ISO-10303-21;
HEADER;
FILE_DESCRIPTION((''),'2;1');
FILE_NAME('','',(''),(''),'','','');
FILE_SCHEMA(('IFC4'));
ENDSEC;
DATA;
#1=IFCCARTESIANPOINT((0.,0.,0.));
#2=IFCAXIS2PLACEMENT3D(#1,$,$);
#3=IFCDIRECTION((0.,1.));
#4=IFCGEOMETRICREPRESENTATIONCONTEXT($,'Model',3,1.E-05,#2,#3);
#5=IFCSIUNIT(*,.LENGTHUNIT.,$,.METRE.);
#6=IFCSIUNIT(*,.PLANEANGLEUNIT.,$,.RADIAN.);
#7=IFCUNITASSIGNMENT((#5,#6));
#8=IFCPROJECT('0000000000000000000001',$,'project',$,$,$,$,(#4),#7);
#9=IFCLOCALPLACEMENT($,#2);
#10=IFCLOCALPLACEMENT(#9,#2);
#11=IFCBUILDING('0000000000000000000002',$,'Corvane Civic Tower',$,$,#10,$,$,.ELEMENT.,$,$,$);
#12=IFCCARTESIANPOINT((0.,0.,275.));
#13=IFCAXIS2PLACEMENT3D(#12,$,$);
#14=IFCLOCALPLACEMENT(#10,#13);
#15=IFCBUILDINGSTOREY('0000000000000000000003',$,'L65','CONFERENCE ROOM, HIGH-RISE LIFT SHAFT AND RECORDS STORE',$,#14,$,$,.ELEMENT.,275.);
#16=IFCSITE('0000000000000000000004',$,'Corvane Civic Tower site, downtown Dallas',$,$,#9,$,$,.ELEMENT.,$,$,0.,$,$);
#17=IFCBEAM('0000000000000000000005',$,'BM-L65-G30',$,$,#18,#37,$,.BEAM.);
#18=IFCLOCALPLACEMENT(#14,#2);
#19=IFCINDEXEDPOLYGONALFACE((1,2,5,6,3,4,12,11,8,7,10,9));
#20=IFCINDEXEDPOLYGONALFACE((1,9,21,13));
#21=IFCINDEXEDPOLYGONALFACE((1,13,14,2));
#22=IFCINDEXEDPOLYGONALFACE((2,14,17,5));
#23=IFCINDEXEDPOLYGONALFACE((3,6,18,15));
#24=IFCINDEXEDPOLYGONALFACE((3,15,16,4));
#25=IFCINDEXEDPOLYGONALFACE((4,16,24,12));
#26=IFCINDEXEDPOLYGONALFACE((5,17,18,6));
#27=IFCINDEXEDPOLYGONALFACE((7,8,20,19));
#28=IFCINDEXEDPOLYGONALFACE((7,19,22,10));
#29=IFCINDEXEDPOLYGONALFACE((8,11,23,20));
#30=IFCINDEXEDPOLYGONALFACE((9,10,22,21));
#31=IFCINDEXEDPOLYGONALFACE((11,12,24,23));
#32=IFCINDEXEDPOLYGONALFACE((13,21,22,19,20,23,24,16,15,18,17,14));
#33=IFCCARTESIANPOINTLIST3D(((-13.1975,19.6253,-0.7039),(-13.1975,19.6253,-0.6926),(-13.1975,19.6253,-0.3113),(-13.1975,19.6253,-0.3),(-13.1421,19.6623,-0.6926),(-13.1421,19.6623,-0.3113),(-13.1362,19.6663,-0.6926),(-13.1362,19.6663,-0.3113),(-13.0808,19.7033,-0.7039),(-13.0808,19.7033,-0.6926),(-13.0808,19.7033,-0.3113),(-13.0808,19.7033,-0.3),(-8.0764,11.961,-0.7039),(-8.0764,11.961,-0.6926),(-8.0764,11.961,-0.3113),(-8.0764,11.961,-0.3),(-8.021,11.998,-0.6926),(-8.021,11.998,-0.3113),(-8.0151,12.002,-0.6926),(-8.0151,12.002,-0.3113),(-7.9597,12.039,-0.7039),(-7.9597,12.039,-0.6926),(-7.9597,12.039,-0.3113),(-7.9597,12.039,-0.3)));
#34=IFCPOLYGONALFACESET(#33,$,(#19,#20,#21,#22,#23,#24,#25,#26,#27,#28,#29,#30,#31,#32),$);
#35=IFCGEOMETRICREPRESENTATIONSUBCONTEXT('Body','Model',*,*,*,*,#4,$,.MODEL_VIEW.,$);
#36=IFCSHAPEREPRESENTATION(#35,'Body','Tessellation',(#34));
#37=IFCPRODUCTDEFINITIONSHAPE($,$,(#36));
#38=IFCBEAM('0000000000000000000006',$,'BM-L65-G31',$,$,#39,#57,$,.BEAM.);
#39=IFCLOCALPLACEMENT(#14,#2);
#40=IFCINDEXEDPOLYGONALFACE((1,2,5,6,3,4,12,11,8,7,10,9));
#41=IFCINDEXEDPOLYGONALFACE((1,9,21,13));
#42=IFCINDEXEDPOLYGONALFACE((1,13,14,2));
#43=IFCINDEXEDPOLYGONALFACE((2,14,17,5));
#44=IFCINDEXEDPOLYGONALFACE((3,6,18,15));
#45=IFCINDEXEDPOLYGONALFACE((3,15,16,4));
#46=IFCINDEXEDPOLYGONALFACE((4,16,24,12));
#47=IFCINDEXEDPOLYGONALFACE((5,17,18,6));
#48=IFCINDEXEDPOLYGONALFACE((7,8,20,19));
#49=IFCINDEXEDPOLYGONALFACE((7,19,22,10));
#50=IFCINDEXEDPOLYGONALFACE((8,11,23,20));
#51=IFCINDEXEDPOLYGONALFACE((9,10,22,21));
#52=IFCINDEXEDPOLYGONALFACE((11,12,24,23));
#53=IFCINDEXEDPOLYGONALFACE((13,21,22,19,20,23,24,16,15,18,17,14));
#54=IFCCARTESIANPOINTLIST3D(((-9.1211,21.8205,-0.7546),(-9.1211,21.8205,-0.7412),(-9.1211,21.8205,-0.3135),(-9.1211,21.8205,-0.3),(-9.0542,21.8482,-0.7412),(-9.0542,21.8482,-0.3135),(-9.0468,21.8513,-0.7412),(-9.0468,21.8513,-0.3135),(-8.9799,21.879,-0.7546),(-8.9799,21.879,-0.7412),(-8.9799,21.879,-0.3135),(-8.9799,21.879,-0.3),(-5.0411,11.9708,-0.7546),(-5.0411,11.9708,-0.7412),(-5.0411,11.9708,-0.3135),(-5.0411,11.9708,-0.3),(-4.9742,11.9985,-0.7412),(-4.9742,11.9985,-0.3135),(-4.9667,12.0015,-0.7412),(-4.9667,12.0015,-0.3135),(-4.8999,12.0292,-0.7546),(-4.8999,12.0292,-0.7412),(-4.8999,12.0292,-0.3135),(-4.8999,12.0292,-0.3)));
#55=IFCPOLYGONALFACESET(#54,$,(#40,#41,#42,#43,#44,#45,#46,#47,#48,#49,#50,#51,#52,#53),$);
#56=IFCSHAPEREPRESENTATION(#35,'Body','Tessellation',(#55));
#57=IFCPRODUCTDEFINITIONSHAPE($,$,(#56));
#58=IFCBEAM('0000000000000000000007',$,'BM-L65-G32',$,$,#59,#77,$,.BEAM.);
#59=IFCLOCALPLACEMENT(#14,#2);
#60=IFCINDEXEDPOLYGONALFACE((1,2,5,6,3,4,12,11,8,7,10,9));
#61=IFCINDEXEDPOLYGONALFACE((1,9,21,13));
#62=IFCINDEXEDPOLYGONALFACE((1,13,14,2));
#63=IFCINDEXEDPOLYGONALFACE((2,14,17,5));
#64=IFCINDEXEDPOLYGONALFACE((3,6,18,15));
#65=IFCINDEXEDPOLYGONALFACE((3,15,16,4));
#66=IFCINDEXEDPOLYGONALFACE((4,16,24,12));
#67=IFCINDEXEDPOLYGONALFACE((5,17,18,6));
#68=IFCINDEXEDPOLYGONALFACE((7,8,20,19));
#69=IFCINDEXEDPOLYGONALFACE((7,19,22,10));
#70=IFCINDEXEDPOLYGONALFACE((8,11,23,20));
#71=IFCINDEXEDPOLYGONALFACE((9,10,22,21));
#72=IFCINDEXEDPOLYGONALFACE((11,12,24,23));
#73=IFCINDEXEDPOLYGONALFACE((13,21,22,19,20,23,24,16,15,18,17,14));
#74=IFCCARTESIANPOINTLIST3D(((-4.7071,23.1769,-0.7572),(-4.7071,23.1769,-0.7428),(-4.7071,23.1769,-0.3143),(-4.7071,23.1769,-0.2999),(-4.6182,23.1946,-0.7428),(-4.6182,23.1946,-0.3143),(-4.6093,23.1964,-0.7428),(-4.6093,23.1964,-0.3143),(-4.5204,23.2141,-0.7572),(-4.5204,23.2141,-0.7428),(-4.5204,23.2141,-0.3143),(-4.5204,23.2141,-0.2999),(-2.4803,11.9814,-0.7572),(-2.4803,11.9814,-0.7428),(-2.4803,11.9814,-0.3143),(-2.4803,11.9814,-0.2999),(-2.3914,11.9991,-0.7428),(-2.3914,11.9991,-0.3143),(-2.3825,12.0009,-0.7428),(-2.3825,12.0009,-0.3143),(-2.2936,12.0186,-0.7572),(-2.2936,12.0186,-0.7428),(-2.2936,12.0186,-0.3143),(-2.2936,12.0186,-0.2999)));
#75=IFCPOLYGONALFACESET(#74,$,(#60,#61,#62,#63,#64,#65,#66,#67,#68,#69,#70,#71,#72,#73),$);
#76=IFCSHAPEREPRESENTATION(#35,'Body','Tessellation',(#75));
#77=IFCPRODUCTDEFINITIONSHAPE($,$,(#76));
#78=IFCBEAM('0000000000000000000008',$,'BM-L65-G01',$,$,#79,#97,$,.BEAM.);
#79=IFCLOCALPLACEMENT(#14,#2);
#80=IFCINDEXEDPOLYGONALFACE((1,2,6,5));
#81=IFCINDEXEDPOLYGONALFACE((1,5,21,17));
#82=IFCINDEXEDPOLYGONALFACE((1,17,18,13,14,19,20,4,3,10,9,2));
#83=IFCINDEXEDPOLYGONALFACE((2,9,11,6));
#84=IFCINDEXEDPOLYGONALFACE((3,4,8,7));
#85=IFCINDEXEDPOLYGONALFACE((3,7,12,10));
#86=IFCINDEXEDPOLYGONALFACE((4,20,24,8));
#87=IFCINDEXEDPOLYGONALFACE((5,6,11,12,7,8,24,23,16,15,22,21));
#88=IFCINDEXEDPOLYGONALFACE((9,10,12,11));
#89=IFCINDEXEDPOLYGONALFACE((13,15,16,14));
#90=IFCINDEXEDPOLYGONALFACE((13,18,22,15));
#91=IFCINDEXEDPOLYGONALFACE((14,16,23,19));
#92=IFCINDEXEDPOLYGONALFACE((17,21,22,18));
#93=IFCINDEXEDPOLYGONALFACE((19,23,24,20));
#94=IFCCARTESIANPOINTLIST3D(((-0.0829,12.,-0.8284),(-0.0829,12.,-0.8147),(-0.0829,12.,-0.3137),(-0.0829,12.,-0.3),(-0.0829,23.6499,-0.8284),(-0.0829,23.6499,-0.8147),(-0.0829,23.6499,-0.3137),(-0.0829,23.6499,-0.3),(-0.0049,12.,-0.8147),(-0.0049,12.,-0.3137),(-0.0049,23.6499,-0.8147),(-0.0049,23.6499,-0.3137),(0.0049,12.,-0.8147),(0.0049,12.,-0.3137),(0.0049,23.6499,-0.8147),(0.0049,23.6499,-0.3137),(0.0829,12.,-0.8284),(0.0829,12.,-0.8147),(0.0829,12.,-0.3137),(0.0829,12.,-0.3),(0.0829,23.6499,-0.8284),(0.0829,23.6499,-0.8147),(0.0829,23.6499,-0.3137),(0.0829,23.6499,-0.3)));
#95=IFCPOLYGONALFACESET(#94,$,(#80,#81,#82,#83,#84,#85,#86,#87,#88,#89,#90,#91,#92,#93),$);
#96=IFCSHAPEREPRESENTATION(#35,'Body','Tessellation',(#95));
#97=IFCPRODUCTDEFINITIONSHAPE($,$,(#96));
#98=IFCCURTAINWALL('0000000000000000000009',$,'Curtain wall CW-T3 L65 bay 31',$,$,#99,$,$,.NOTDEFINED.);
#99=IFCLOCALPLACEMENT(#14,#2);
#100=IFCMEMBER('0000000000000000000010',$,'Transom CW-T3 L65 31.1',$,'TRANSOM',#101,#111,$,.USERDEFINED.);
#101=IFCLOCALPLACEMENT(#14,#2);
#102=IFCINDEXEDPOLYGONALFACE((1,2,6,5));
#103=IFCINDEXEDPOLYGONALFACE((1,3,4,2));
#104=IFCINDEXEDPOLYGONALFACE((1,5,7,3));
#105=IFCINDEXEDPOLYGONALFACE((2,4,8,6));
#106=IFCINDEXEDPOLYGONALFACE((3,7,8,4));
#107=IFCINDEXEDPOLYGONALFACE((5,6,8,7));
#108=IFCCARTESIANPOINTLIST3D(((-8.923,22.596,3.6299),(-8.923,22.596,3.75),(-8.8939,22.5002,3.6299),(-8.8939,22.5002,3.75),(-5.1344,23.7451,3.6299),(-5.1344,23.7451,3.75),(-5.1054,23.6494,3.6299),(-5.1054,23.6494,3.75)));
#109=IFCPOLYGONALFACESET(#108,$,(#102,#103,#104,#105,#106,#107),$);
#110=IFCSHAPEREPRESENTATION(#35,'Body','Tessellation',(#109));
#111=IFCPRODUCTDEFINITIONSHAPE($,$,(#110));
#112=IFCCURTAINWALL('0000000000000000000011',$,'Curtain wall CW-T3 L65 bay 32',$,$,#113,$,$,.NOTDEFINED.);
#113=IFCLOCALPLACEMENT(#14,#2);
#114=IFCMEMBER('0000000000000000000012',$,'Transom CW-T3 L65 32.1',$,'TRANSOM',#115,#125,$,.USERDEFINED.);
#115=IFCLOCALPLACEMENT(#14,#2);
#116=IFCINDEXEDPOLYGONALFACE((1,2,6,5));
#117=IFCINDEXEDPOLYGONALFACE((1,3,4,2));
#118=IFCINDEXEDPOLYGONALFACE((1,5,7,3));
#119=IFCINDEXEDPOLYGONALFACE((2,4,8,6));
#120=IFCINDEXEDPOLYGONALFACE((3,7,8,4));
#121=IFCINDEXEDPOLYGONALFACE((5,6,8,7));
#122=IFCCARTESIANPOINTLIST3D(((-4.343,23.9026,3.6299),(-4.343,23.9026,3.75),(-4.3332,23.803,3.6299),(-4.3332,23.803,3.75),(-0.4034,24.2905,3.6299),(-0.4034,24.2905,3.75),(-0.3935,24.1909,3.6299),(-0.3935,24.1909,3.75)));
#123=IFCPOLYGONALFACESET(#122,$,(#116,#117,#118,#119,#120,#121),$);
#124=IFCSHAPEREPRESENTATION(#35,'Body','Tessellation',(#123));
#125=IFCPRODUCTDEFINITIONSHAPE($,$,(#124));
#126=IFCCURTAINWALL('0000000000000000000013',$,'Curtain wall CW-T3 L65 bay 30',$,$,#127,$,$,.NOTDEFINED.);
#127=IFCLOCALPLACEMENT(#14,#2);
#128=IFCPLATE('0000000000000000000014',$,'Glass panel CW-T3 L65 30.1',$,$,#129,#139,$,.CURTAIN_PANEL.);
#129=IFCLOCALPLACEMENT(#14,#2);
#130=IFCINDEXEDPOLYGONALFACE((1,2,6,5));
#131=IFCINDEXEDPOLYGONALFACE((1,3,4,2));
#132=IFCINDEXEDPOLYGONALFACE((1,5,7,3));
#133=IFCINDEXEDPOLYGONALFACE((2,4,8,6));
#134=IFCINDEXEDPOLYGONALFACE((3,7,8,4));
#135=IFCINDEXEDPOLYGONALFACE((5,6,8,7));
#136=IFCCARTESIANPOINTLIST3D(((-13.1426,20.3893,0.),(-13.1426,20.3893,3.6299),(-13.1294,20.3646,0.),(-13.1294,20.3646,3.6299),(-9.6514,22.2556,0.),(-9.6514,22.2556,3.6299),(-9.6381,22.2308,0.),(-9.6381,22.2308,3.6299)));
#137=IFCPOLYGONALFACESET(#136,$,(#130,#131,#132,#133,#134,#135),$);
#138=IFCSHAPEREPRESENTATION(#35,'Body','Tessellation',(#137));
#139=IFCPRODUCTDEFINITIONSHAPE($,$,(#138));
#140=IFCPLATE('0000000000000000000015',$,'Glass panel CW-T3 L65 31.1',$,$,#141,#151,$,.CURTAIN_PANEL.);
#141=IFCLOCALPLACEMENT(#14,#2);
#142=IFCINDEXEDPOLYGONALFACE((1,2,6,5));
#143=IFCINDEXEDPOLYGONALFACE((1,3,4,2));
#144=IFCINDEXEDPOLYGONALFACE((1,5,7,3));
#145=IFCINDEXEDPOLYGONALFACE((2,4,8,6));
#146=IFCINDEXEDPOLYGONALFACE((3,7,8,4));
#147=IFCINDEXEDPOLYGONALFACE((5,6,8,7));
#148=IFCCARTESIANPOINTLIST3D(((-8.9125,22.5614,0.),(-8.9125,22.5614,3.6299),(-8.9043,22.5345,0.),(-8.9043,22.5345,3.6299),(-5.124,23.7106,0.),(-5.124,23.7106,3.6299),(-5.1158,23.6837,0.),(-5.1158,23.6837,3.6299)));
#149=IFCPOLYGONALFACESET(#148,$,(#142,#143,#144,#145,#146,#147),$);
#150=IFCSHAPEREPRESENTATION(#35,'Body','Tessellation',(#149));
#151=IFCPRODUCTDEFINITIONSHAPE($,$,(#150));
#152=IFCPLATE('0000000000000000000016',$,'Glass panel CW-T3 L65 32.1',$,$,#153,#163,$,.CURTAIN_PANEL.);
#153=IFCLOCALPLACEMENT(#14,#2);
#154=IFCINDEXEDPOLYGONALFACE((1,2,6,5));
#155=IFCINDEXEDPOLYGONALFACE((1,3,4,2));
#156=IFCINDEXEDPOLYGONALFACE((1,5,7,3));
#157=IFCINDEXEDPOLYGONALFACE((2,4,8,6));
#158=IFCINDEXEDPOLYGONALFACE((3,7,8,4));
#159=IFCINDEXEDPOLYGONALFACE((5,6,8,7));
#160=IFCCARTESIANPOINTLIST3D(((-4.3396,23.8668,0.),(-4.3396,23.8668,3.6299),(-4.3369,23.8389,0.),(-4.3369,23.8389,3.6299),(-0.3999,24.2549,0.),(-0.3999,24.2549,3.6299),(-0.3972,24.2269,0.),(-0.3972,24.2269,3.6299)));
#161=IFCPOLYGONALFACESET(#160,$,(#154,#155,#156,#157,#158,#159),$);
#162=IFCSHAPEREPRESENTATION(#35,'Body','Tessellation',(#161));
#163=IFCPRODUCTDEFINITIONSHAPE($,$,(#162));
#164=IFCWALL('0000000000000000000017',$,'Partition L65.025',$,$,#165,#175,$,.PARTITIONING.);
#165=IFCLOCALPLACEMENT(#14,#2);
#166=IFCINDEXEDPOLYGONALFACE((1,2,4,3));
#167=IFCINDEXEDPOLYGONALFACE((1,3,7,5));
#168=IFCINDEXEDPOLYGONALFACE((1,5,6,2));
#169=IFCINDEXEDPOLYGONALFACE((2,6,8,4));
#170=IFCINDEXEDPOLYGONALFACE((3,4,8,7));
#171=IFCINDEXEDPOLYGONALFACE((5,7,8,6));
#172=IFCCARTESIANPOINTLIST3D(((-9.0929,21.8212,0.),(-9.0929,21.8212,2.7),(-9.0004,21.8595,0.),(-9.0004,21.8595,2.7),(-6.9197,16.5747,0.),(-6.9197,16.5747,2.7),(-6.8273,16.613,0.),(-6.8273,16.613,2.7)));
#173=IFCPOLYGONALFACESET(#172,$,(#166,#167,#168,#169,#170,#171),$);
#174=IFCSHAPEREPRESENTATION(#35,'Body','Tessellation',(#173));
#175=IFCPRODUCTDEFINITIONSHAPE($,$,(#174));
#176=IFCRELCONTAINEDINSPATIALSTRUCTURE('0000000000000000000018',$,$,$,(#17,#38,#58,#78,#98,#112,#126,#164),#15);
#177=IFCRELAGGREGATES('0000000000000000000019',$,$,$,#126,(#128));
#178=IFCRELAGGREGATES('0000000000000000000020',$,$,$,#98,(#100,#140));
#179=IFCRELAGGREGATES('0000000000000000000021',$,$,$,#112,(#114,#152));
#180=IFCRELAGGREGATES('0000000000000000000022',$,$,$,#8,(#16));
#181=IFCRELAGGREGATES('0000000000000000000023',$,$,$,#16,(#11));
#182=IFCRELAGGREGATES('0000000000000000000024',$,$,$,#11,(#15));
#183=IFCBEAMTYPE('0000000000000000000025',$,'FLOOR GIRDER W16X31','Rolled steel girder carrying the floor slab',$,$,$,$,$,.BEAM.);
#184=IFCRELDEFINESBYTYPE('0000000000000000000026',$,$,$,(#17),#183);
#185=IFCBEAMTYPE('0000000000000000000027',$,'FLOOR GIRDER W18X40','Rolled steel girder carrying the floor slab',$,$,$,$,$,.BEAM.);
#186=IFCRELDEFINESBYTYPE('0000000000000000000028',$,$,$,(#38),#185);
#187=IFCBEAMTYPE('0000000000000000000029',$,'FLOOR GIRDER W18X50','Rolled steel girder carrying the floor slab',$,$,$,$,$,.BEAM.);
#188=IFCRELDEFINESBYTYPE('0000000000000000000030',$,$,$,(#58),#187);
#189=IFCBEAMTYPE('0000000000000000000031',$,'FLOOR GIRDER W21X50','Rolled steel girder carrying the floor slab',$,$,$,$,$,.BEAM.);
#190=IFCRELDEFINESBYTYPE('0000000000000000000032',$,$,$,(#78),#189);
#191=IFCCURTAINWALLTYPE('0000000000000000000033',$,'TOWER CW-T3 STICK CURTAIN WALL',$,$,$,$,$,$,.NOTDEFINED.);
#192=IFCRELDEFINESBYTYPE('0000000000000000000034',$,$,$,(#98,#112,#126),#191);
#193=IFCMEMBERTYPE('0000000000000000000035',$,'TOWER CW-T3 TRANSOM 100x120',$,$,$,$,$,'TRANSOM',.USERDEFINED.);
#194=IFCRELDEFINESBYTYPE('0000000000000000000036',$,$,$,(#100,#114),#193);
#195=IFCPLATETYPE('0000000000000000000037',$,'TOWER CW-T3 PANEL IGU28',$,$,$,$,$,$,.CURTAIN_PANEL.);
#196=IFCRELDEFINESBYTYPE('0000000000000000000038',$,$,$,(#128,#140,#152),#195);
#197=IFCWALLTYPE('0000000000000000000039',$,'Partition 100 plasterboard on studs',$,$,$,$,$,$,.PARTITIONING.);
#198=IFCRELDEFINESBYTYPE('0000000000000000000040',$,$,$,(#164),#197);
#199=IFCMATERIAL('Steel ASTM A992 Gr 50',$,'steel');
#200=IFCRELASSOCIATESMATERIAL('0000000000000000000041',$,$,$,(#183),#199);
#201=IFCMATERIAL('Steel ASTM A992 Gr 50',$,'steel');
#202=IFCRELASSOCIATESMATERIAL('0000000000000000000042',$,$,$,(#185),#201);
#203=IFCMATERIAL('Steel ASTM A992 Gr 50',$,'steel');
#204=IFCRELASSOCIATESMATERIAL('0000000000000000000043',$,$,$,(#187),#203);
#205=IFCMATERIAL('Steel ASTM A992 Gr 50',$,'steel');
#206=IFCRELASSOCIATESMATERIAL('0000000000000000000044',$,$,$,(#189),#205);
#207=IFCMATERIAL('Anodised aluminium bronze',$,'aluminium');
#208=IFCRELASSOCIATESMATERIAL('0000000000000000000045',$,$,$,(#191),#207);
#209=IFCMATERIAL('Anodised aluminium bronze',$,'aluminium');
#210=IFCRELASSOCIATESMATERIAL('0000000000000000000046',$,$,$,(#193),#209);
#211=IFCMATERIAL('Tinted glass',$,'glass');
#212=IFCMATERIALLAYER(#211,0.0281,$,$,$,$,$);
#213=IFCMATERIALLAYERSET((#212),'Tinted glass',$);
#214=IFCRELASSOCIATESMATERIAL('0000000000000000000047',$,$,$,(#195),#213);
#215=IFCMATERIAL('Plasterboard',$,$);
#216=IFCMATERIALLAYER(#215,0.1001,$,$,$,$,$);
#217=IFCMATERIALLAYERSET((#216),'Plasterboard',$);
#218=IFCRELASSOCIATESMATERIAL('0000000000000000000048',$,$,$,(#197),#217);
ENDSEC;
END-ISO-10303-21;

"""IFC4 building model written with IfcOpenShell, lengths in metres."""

from ifc_helpers import new_model, si_unit, direction, frame, frame_2d, origin, origin_2d, place, context, subcontext, project, spatial, rectangle, i_section, extrude, material, layer, layer_set, material_profile, profile_set, type_object, element, aggregate, save


model = new_model("IFC4")

# Units and contexts
model_context = context("Model", 3, precision=1e-05, world=origin(), true_north=direction((0.0, 1.0)))
body_context = subcontext(model_context, "Body", "Model", "MODEL_VIEW")
ifc_project = project(units=[si_unit("LENGTHUNIT", "METRE"), si_unit("PLANEANGLEUNIT", "RADIAN")], contexts=[model_context])

# Site, building, storey
site_placement = place(None, origin())
site = spatial("IfcSite", under=ifc_project, at=site_placement, Name="Corvane Civic Tower site, downtown Dallas", CompositionType="ELEMENT", RefElevation=0.0)
building_placement = place(site_placement, origin())
building = spatial("IfcBuilding", under=site, at=building_placement, Name="Corvane Civic Tower", CompositionType="ELEMENT")
storey_placement = place(building_placement, frame((0.0, 0.0, 275.0)))
storey = spatial("IfcBuildingStorey", under=building, at=storey_placement, Name="L65", Description="CONFERENCE ROOM, HIGH-RISE LIFT SHAFT AND RECORDS STORE", CompositionType="ELEMENT", Elevation=275.0)

# Beams
ifc_material_1 = material(Name="Steel ASTM A992 Gr 50", Category="steel")
ifc_material_profile_1 = material_profile(ifc_material_1, i_section(OverallWidth=0.1404, OverallDepth=0.4038, WebThickness=0.0071, FlangeThickness=0.0112, at=origin_2d()), Name="W16X31")
ifc_profile_set_1 = profile_set([ifc_material_profile_1], Name="Steel ASTM A992 Gr 50")
beam_type_1 = type_object("IfcBeamType", Name="FLOOR GIRDER W16X31", Description="Rolled steel girder carrying the floor slab", PredefinedType="BEAM", material=ifc_profile_set_1)
beam_1_placement = place(storey_placement, frame((-8.0181, 12.0, -0.502), z_axis=(-0.555568, 0.831471, 0.0), x_axis=(-0.831471, -0.555568, 0.0)))
element("IfcBeam", 1, at=beam_1_placement, inside=storey, type_object=beam_type_1, Name="BM-L65-G30", PredefinedType="BEAM", context=body_context, shape_type="SweptSolid", body=[
    extrude(i_section(OverallWidth=0.1404, OverallDepth=0.4038, WebThickness=0.0071, FlangeThickness=0.0112, at=origin_2d()), origin(), (0.0, 0.0, 1.0), 9.2178),
])
ifc_material_2 = material(Name="Steel ASTM A992 Gr 50", Category="steel")
ifc_material_profile_2 = material_profile(ifc_material_2, i_section(OverallWidth=0.1528, OverallDepth=0.4546, WebThickness=0.0081, FlangeThickness=0.0134, at=origin_2d()), Name="W18X40")
ifc_profile_set_2 = profile_set([ifc_material_profile_2], Name="Steel ASTM A992 Gr 50")
beam_type_2 = type_object("IfcBeamType", Name="FLOOR GIRDER W18X40", Description="Rolled steel girder carrying the floor slab", PredefinedType="BEAM", material=ifc_profile_set_2)
beam_2_placement = place(storey_placement, frame((-4.9705, 12.0, -0.5273), z_axis=(-0.382694, 0.923875, 0.0), x_axis=(-0.923875, -0.382694, 0.0)))
element("IfcBeam", 2, at=beam_2_placement, inside=storey, type_object=beam_type_2, Name="BM-L65-G31", PredefinedType="BEAM", context=body_context, shape_type="SweptSolid", body=[
    extrude(i_section(OverallWidth=0.1528, OverallDepth=0.4546, WebThickness=0.0081, FlangeThickness=0.0134, at=origin_2d()), origin(), (0.0, 0.0, 1.0), 10.6614),
])
ifc_material_3 = material(Name="Steel ASTM A992 Gr 50", Category="steel")
ifc_material_profile_3 = material_profile(ifc_material_3, i_section(OverallWidth=0.1904, OverallDepth=0.4573, WebThickness=0.009, FlangeThickness=0.0144, at=origin_2d()), Name="W18X50")
ifc_profile_set_3 = profile_set([ifc_material_profile_3], Name="Steel ASTM A992 Gr 50")
beam_type_3 = type_object("IfcBeamType", Name="FLOOR GIRDER W18X50", Description="Rolled steel girder carrying the floor slab", PredefinedType="BEAM", material=ifc_profile_set_3)
beam_3_placement = place(storey_placement, frame((-2.387, 12.0, -0.5286), z_axis=(-0.19508, 0.980787, 0.0), x_axis=(-0.980787, -0.19508, 0.0)))
element("IfcBeam", 3, at=beam_3_placement, inside=storey, type_object=beam_type_3, Name="BM-L65-G32", PredefinedType="BEAM", context=body_context, shape_type="SweptSolid", body=[
    extrude(i_section(OverallWidth=0.1904, OverallDepth=0.4573, WebThickness=0.009, FlangeThickness=0.0144, at=origin_2d()), origin(), (0.0, 0.0, 1.0), 11.4148),
])
ifc_material_4 = material(Name="Steel ASTM A992 Gr 50", Category="steel")
ifc_material_profile_4 = material_profile(ifc_material_4, i_section(OverallWidth=0.1658, OverallDepth=0.5283, WebThickness=0.0098, FlangeThickness=0.0137, at=origin_2d()), Name="W21X50")
ifc_profile_set_4 = profile_set([ifc_material_profile_4], Name="Steel ASTM A992 Gr 50")
beam_type_4 = type_object("IfcBeamType", Name="FLOOR GIRDER W21X50", Description="Rolled steel girder carrying the floor slab", PredefinedType="BEAM", material=ifc_profile_set_4)
beam_4_placement = place(storey_placement, frame((0.0, 12.0, -0.5642), z_axis=(0.0, 1.0, 0.0), x_axis=(-1.0, 0.0, 0.0)))
element("IfcBeam", 4, at=beam_4_placement, inside=storey, type_object=beam_type_4, Name="BM-L65-G01", PredefinedType="BEAM", context=body_context, shape_type="SweptSolid", body=[
    extrude(i_section(OverallWidth=0.1658, OverallDepth=0.5283, WebThickness=0.0098, FlangeThickness=0.0137, at=origin_2d()), origin(), (0.0, 0.0, 1.0), 11.6499),
])

# Curtain walls, members
ifc_material_5 = material(Name="Anodised aluminium bronze", Category="aluminium")
curtain_wall_type = type_object("IfcCurtainWallType", Name="TOWER CW-T3 STICK CURTAIN WALL", PredefinedType="NOTDEFINED", material=ifc_material_5)
curtain_wall_1_placement = place(storey_placement, origin())
curtain_wall_1 = element("IfcCurtainWall", 5, at=curtain_wall_1_placement, inside=storey, type_object=curtain_wall_type, Name="Curtain wall CW-T3 L65 bay 31", PredefinedType="NOTDEFINED")
ifc_material_6 = material(Name="Anodised aluminium bronze", Category="aluminium")
ifc_material_profile_5 = material_profile(ifc_material_6, rectangle(XDim=0.1001, YDim=0.1201, at=origin_2d()), Name="TOWER CW-T3 TRANSOM 100x120")
ifc_profile_set_5 = profile_set([ifc_material_profile_5], Name="Anodised aluminium bronze")
member_type = type_object("IfcMemberType", Name="TOWER CW-T3 TRANSOM 100x120", ElementType="TRANSOM", PredefinedType="USERDEFINED", material=ifc_profile_set_5)
member_1_placement = place(storey_placement, frame((-8.9084, 22.5481, 3.6899), z_axis=(0.956946, 0.290266, 0.0), x_axis=(-0.290266, 0.956946, 0.0)))
member_1 = element("IfcMember", 6, at=member_1_placement, type_object=member_type, Name="Transom CW-T3 L65 31.1", ObjectType="TRANSOM", PredefinedType="USERDEFINED", context=body_context, shape_type="SweptSolid", body=[
    extrude(rectangle(XDim=0.1001, YDim=0.1201, at=origin_2d()), origin(), (0.0, 0.0, 1.0), 3.959),
])
curtain_wall_2_placement = place(storey_placement, origin())
curtain_wall_2 = element("IfcCurtainWall", 7, at=curtain_wall_2_placement, inside=storey, type_object=curtain_wall_type, Name="Curtain wall CW-T3 L65 bay 32", PredefinedType="NOTDEFINED")
member_2_placement = place(storey_placement, frame((-4.3381, 23.8528, 3.6899), z_axis=(0.995187, 0.097995, 0.0), x_axis=(-0.097995, 0.995187, 0.0)))
member_2 = element("IfcMember", 8, at=member_2_placement, type_object=member_type, Name="Transom CW-T3 L65 32.1", ObjectType="TRANSOM", PredefinedType="USERDEFINED", context=body_context, shape_type="SweptSolid", body=[
    extrude(rectangle(XDim=0.1001, YDim=0.1201, at=origin_2d()), origin(), (0.0, 0.0, 1.0), 3.9587),
])

# Curtain wall, plate
curtain_wall_3_placement = place(storey_placement, origin())
curtain_wall_3 = element("IfcCurtainWall", 9, at=curtain_wall_3_placement, inside=storey, type_object=curtain_wall_type, Name="Curtain wall CW-T3 L65 bay 30", PredefinedType="NOTDEFINED")
ifc_material_7 = material(Name="Tinted glass", Category="glass")
ifc_layer_1 = layer(ifc_material_7, 0.0281)
ifc_layer_set_1 = layer_set([ifc_layer_1], Name="Tinted glass")
plate_type = type_object("IfcPlateType", Name="TOWER CW-T3 PANEL IGU28", PredefinedType="CURTAIN_PANEL", material=ifc_layer_set_1)
plate_1_placement = place(storey_placement, frame((-11.3904, 21.3101, 0.0), z_axis=(0.0, 0.0, 1.0), x_axis=(0.881908, 0.471421, 0.0)))
plate_1 = element("IfcPlate", 10, at=plate_1_placement, type_object=plate_type, Name="Glass panel CW-T3 L65 30.1", PredefinedType="CURTAIN_PANEL", context=body_context, shape_type="SweptSolid", body=[
    extrude(rectangle(XDim=3.9587, YDim=0.0281, at=origin_2d()), origin(), (0.0, 0.0, 1.0), 3.6299),
])
aggregate(curtain_wall_3, [plate_1])

# Plates
plate_2_placement = place(storey_placement, frame((-7.0142, 23.1226, 0.0), z_axis=(0.0, 0.0, 1.0), x_axis=(0.956944, 0.290274, 0.0)))
plate_2 = element("IfcPlate", 11, at=plate_2_placement, type_object=plate_type, Name="Glass panel CW-T3 L65 31.1", PredefinedType="CURTAIN_PANEL", context=body_context, shape_type="SweptSolid", body=[
    extrude(rectangle(XDim=3.959, YDim=0.0281, at=origin_2d()), origin(), (0.0, 0.0, 1.0), 3.6299),
])
aggregate(curtain_wall_1, [member_1, plate_2])
plate_3_placement = place(storey_placement, frame((-2.3684, 24.0469, 0.0), z_axis=(0.0, 0.0, 1.0), x_axis=(0.995184, 0.098021, 0.0)))
plate_3 = element("IfcPlate", 12, at=plate_3_placement, type_object=plate_type, Name="Glass panel CW-T3 L65 32.1", PredefinedType="CURTAIN_PANEL", context=body_context, shape_type="SweptSolid", body=[
    extrude(rectangle(XDim=3.9587, YDim=0.0281, at=origin_2d()), origin(), (0.0, 0.0, 1.0), 3.6299),
])
aggregate(curtain_wall_2, [member_2, plate_3])

# Wall
ifc_material_8 = material(Name="Plasterboard")
ifc_layer_2 = layer(ifc_material_8, 0.1001)
ifc_layer_set_2 = layer_set([ifc_layer_2], Name="Plasterboard")
wall_type = type_object("IfcWallType", Name="Partition 100 plasterboard on studs", PredefinedType="PARTITIONING", material=ifc_layer_set_2)
wall_placement = place(storey_placement, frame((-9.0466, 21.8403, 0.0), z_axis=(0.0, 0.0, 1.0), x_axis=(0.382682, -0.92388, 0.0)))
element("IfcWall", 13, at=wall_placement, inside=storey, type_object=wall_type, Name="Partition L65.025", PredefinedType="PARTITIONING", context=body_context, shape_type="SweptSolid", body=[
    extrude(rectangle(XDim=5.6787, YDim=0.1001, at=frame_2d((2.8394, 0.0))), origin(), (0.0, 0.0, 1.0), 2.7),
])

save(model, "model.ifc")
